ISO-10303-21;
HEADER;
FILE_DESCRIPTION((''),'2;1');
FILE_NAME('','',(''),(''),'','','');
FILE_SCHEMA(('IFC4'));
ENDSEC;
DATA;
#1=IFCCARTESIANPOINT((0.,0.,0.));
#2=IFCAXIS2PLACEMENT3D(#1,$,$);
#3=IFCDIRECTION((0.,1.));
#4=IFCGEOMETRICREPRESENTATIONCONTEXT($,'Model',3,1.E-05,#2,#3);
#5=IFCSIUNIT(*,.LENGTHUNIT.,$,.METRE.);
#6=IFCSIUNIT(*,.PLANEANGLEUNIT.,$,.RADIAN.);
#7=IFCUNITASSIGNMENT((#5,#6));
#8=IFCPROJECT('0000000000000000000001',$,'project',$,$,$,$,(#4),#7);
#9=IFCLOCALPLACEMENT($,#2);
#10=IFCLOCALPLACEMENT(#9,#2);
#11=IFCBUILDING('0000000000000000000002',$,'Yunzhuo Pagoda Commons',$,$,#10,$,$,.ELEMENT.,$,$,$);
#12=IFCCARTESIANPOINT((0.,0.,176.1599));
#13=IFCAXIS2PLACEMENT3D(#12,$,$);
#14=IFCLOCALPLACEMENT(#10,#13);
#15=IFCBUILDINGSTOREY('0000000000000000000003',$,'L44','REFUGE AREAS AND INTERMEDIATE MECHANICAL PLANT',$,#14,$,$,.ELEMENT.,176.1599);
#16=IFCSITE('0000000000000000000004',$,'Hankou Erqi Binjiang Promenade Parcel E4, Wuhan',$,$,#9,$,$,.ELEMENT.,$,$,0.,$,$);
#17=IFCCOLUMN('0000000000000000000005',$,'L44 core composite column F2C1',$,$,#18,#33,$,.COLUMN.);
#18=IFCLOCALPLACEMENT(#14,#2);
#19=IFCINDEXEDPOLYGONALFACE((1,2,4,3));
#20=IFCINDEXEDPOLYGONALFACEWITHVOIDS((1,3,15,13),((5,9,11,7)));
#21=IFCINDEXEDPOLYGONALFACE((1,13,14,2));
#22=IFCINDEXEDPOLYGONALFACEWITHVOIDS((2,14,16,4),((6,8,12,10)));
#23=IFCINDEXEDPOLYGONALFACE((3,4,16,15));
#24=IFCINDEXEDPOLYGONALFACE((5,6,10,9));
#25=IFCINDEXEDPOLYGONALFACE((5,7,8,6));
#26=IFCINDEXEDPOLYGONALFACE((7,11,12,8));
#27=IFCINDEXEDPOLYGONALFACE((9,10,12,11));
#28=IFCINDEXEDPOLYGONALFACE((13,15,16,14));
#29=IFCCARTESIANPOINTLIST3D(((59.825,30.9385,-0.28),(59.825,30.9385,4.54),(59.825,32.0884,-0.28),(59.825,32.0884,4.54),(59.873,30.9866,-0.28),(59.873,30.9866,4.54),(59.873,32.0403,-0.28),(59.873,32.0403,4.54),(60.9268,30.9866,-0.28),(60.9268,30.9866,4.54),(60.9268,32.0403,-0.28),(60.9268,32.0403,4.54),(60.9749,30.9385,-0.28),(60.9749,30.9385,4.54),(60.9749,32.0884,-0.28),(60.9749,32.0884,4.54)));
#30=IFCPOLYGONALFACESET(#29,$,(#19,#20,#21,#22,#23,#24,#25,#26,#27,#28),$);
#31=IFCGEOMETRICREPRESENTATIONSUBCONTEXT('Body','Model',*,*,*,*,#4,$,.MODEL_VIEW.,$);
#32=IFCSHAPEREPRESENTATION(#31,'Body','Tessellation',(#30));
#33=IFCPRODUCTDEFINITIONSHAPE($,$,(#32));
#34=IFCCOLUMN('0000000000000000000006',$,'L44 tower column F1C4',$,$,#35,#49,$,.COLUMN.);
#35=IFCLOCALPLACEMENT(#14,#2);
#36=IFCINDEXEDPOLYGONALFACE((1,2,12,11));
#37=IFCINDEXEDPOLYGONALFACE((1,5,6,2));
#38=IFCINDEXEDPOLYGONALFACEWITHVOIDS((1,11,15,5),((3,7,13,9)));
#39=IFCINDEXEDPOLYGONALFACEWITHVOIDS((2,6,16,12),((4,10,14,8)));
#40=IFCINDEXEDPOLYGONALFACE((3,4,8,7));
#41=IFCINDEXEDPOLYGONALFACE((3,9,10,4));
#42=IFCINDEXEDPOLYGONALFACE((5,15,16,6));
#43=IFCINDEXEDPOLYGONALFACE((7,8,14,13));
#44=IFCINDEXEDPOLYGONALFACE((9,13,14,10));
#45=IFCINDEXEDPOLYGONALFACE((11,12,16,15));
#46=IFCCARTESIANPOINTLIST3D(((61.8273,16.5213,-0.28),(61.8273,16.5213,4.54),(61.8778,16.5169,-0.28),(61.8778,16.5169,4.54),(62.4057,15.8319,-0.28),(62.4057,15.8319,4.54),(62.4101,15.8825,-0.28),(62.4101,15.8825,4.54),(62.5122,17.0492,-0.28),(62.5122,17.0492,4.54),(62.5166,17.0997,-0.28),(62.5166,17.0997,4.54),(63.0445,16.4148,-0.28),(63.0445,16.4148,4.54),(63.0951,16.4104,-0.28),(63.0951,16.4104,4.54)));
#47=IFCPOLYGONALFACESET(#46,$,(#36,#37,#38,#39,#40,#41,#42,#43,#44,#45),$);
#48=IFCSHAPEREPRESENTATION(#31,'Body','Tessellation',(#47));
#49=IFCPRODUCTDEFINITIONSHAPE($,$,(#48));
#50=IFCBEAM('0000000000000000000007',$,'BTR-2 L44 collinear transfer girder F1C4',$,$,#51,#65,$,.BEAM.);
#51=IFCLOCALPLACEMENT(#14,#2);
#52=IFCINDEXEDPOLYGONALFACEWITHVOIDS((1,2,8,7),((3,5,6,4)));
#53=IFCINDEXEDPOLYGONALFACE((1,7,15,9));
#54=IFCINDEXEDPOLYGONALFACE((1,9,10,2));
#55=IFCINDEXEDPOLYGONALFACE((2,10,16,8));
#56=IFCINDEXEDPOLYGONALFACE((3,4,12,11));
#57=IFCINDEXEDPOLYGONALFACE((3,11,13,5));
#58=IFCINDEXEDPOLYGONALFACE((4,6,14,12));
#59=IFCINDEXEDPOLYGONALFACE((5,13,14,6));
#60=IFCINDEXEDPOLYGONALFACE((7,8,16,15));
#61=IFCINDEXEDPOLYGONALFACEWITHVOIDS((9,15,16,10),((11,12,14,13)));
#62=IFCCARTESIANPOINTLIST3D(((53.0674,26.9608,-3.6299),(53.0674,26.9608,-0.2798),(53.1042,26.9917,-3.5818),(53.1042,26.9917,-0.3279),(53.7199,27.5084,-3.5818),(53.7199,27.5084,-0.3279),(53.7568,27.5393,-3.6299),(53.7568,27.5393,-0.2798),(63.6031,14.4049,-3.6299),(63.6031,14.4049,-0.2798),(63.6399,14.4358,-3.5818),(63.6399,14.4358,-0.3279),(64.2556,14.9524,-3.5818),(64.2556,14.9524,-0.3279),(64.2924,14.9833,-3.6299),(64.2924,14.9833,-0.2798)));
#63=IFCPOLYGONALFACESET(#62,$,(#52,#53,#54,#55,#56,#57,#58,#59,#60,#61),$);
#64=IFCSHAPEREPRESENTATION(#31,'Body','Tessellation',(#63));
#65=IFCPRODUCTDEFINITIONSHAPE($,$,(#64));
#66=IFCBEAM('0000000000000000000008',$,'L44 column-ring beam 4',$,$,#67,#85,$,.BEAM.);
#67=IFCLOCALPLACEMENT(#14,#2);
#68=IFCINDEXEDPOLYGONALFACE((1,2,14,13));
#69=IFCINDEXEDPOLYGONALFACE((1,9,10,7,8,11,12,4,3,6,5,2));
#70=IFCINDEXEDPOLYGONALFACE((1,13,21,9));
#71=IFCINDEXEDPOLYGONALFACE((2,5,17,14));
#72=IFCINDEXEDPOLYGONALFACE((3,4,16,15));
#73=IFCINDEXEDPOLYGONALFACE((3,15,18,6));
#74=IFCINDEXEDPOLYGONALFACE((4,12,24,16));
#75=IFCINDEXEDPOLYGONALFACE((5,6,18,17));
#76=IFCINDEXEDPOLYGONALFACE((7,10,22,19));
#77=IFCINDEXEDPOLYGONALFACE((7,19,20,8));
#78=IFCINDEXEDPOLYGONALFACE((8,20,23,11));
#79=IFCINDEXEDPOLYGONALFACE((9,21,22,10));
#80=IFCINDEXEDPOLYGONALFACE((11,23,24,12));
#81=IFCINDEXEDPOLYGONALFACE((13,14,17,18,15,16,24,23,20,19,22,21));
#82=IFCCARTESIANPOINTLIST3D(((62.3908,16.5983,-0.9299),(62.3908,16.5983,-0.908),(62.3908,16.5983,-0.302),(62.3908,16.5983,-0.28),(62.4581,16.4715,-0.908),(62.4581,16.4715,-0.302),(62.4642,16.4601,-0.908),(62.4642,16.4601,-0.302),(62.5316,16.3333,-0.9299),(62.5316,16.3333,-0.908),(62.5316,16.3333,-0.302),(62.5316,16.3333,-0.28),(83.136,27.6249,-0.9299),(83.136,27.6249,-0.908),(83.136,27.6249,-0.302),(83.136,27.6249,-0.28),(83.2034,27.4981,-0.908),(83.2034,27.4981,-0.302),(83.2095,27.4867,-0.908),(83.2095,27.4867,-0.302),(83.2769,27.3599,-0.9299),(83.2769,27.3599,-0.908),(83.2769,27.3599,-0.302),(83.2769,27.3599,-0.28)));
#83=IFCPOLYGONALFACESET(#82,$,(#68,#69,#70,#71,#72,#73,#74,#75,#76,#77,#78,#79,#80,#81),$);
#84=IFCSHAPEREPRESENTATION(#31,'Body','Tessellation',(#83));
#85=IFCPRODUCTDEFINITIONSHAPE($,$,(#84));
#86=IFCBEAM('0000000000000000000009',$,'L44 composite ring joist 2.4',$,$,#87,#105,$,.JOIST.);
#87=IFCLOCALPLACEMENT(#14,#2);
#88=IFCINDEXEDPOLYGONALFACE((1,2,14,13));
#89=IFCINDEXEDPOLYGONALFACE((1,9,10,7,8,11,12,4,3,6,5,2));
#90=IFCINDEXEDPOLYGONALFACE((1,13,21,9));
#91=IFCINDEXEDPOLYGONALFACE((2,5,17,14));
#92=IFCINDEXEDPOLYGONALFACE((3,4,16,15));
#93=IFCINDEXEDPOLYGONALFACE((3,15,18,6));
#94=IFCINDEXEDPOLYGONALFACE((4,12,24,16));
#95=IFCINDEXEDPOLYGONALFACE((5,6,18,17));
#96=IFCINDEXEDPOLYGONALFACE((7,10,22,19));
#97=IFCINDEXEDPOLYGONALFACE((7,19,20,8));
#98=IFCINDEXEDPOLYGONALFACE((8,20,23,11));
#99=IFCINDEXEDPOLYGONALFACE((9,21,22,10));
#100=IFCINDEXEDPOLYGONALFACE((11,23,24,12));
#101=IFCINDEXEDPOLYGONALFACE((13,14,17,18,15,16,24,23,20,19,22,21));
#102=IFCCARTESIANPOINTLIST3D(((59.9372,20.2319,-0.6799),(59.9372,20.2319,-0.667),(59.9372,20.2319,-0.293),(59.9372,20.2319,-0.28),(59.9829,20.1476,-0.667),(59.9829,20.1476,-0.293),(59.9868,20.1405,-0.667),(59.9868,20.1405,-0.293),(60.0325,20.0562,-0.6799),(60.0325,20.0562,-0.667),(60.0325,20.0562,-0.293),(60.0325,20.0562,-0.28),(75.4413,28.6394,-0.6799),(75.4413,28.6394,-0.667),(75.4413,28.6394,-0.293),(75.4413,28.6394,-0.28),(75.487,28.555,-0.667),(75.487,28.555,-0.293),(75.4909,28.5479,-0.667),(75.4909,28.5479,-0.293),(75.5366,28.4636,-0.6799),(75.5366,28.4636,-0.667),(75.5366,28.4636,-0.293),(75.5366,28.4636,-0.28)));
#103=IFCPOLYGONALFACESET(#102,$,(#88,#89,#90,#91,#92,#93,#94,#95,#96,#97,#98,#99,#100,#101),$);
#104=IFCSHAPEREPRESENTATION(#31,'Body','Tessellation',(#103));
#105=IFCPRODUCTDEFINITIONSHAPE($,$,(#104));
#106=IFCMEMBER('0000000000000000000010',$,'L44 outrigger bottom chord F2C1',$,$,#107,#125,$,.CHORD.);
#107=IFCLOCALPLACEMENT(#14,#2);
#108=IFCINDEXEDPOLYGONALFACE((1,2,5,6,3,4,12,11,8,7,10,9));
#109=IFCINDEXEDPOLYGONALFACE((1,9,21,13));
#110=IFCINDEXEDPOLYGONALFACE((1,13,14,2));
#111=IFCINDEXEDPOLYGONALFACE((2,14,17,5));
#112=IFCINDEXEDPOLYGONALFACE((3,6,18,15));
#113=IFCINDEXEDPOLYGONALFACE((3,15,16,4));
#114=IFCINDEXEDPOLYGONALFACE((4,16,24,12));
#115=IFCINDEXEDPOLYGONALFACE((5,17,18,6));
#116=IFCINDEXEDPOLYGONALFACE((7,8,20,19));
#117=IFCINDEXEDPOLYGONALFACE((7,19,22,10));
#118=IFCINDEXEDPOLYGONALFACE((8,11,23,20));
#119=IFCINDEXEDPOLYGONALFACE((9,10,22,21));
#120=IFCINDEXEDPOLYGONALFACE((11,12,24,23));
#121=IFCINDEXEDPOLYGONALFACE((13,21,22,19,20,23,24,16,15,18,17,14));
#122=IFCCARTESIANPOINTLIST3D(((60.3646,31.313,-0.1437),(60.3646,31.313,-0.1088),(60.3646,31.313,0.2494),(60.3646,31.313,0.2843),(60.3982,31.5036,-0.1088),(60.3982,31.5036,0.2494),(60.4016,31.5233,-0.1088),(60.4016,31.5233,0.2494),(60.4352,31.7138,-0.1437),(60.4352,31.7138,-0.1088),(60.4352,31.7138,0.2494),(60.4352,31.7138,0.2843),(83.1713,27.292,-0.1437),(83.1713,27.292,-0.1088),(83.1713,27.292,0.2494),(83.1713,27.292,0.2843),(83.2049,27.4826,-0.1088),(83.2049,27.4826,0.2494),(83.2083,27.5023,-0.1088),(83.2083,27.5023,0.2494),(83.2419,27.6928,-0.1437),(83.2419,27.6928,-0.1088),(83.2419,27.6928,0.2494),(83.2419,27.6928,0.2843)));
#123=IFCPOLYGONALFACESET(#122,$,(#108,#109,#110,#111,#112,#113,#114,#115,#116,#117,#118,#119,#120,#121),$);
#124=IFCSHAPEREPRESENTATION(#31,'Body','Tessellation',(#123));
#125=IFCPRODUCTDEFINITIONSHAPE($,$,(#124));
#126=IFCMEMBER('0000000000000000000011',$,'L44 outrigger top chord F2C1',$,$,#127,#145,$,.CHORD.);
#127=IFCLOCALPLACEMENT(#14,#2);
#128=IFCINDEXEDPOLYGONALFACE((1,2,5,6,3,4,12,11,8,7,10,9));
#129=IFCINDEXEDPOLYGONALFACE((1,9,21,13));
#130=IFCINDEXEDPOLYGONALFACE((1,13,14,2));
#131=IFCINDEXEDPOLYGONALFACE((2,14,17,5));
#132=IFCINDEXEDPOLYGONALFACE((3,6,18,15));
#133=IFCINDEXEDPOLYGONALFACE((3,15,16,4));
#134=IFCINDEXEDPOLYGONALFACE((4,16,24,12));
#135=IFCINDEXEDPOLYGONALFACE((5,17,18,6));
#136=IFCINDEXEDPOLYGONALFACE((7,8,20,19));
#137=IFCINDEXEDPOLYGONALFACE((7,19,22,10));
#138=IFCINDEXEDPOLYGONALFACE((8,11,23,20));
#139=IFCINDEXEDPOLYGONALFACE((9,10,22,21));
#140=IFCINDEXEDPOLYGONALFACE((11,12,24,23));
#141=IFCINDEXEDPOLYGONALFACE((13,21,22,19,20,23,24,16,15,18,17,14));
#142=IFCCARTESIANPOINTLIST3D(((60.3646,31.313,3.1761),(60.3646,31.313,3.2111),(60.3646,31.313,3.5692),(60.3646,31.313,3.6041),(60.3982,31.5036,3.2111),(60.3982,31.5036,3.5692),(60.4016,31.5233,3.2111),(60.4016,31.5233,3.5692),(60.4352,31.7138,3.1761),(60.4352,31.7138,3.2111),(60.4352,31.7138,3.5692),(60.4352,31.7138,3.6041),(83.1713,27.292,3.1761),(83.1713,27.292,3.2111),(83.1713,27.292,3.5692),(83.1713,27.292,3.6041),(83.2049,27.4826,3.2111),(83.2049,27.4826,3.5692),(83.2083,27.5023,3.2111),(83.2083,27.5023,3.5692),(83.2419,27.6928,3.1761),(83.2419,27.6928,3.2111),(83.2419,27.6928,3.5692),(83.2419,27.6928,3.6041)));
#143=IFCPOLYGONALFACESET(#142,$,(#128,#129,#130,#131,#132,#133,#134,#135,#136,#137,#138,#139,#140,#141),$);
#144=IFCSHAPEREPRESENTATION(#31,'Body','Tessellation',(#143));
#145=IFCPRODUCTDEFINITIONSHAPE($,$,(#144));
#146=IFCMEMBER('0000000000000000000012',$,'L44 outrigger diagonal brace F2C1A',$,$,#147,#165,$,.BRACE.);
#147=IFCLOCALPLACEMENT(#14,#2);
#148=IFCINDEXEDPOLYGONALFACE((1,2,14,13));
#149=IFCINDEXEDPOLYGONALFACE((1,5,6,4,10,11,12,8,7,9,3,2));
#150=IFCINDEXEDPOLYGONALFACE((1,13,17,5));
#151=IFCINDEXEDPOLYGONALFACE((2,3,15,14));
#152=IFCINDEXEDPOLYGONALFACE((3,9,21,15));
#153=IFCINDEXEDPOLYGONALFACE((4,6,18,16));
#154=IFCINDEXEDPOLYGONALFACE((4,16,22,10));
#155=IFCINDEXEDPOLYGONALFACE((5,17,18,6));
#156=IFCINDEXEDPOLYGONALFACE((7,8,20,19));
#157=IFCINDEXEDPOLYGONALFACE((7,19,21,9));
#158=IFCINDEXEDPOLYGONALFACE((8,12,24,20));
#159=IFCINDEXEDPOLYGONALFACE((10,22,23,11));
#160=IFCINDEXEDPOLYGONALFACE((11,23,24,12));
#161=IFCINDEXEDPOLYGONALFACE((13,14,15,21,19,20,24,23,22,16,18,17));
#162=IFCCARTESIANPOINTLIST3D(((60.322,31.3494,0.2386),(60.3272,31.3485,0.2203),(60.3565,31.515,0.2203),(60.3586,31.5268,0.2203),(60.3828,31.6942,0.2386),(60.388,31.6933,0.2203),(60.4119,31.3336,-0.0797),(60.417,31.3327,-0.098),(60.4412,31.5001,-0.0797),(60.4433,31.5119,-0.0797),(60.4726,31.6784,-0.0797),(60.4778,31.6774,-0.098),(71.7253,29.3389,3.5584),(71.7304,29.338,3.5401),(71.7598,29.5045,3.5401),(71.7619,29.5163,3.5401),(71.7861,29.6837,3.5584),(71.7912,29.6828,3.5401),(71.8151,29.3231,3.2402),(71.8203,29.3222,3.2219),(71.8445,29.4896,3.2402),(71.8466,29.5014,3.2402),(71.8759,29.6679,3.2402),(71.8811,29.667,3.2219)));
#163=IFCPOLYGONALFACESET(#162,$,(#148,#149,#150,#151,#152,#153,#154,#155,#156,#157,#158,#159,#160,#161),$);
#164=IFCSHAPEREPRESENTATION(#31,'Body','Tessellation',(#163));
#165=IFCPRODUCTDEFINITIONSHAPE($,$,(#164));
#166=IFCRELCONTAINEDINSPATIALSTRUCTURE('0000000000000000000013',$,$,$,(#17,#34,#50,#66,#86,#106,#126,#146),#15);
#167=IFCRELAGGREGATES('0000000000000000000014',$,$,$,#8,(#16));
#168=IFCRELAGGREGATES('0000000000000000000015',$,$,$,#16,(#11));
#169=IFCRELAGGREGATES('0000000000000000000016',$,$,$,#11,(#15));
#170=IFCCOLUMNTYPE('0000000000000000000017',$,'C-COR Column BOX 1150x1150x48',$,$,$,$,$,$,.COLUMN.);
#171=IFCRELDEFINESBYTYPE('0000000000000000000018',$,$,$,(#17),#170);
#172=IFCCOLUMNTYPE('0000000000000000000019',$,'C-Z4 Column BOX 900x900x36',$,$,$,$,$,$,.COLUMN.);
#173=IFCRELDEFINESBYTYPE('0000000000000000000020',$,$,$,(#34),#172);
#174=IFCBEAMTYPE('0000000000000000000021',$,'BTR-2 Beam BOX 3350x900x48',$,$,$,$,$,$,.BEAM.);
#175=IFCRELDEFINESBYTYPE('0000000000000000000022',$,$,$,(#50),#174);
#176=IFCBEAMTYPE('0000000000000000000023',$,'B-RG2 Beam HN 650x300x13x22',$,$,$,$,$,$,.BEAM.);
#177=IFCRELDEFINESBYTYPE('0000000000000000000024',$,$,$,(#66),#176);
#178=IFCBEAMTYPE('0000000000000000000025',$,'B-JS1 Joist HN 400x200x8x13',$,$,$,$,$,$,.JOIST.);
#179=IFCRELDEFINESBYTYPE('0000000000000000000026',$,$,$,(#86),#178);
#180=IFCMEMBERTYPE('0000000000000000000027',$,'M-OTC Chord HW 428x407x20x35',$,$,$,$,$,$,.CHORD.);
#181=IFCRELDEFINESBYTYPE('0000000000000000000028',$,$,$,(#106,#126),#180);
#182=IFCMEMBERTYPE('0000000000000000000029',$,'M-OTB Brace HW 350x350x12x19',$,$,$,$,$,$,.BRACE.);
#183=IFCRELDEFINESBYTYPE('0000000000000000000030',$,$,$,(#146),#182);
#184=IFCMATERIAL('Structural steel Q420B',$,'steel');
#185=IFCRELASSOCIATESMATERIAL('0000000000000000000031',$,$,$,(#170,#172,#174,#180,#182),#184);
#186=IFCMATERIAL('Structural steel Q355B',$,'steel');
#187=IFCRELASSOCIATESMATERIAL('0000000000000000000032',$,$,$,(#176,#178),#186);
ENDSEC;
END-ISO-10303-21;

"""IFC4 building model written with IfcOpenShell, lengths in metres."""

from ifc_helpers import new_model, si_unit, direction, frame, origin, origin_2d, place, context, subcontext, project, spatial, hollow_rectangle, i_section, extrude, source, transform, mapped, material, material_profile, profile_set, type_object, element, save


model = new_model("IFC4")

# Units and contexts
model_context = context("Model", 3, precision=1e-05, world=origin(), true_north=direction((0.0, 1.0)))
body_context = subcontext(model_context, "Body", "Model", "MODEL_VIEW")
ifc_project = project(units=[si_unit("LENGTHUNIT", "METRE"), si_unit("PLANEANGLEUNIT", "RADIAN")], contexts=[model_context])

# Site, building, storey
site_placement = place(None, origin())
site = spatial("IfcSite", under=ifc_project, at=site_placement, Name="Hankou Erqi Binjiang Promenade Parcel E4, Wuhan", CompositionType="ELEMENT", RefElevation=0.0)
building_placement = place(site_placement, origin())
building = spatial("IfcBuilding", under=site, at=building_placement, Name="Yunzhuo Pagoda Commons", CompositionType="ELEMENT")
storey_placement = place(building_placement, frame((0.0, 0.0, 176.1599)))
storey = spatial("IfcBuildingStorey", under=building, at=storey_placement, Name="L44", Description="REFUGE AREAS AND INTERMEDIATE MECHANICAL PLANT", CompositionType="ELEMENT", Elevation=176.1599)

# Columns
ifc_material_1 = material(Name="Structural steel Q420B", Category="steel")
ifc_material_profile_1 = material_profile(ifc_material_1, hollow_rectangle(XDim=1.1499, YDim=1.1499, WallThickness=0.0481, at=origin_2d()), Name="Structural steel Q420B")
ifc_profile_set_1 = profile_set([ifc_material_profile_1], Name="Structural steel Q420B")
column_type_1 = type_object("IfcColumnType", Name="C-COR Column BOX 1150x1150x48", PredefinedType="COLUMN", material=ifc_profile_set_1)
shared_shape_1 = source(origin(), body_context, "Body", "SweptSolid", [
    extrude(hollow_rectangle(XDim=1.1499, YDim=1.1499, WallThickness=0.0481, at=origin_2d()), origin(), (0.0, 0.0, 1.0), 4.8201),
])
column_1_placement = place(storey_placement, frame((60.3999, 31.5134, -0.28), z_axis=(0.0, 0.0, 1.0), x_axis=(1.0, 0.0, 0.0)))
element("IfcColumn", 1, at=column_1_placement, inside=storey, type_object=column_type_1, Name="L44 core composite column F2C1", PredefinedType="COLUMN", context=body_context, shape_type="MappedRepresentation", body=[
    mapped(shared_shape_1, transform((0.0, 0.0, 0.0), scale=1.0)),
])
ifc_material_profile_2 = material_profile(ifc_material_1, hollow_rectangle(XDim=0.8999, YDim=0.8999, WallThickness=0.0359, at=origin_2d()), Name="Structural steel Q420B")
ifc_profile_set_2 = profile_set([ifc_material_profile_2], Name="Structural steel Q420B")
column_type_2 = type_object("IfcColumnType", Name="C-Z4 Column BOX 900x900x36", PredefinedType="COLUMN", material=ifc_profile_set_2)
shared_shape_2 = source(origin(), body_context, "Body", "SweptSolid", [
    extrude(hollow_rectangle(XDim=0.8999, YDim=0.8999, WallThickness=0.0359, at=origin_2d()), origin(), (0.0, 0.0, 1.0), 4.8201),
])
column_2_placement = place(storey_placement, frame((62.4612, 16.4658, -0.28), z_axis=(0.0, 0.0, 1.0), x_axis=(0.766044, 0.642788, 0.0)))
element("IfcColumn", 2, at=column_2_placement, inside=storey, type_object=column_type_2, Name="L44 tower column F1C4", PredefinedType="COLUMN", context=body_context, shape_type="MappedRepresentation", body=[
    mapped(shared_shape_2, transform((0.0, 0.0, 0.0), scale=1.0)),
])

# Beams
ifc_material_profile_3 = material_profile(ifc_material_1, hollow_rectangle(XDim=0.8999, YDim=3.3501, WallThickness=0.0481, at=origin_2d()), Name="Structural steel Q420B")
ifc_profile_set_3 = profile_set([ifc_material_profile_3], Name="Structural steel Q420B")
beam_type_1 = type_object("IfcBeamType", Name="BTR-2 Beam BOX 3350x900x48", PredefinedType="BEAM", material=ifc_profile_set_3)
shared_shape_3 = source(origin(), body_context, "Body", "SweptSolid", [
    extrude(hollow_rectangle(XDim=0.8999, YDim=3.3501, WallThickness=0.0481, at=origin_2d()), origin(), (0.0, 0.0, 1.0), 16.3906),
])
beam_1_placement = place(storey_placement, frame((63.9478, 14.6941, -1.9548), z_axis=(-0.642787, 0.766045, 0.0), x_axis=(-0.766045, -0.642787, 0.0)))
element("IfcBeam", 3, at=beam_1_placement, inside=storey, type_object=beam_type_1, Name="BTR-2 L44 collinear transfer girder F1C4", PredefinedType="BEAM", context=body_context, shape_type="MappedRepresentation", body=[
    mapped(shared_shape_3, transform((0.0, 0.0, 0.0), scale=1.0)),
])
ifc_material_2 = material(Name="Structural steel Q355B", Category="steel")
ifc_material_profile_4 = material_profile(ifc_material_2, i_section(OverallWidth=0.3, OverallDepth=0.6499, WebThickness=0.0129, FlangeThickness=0.022, at=origin_2d()), Name="Structural steel Q355B")
ifc_profile_set_4 = profile_set([ifc_material_profile_4], Name="Structural steel Q355B")
beam_type_2 = type_object("IfcBeamType", Name="B-RG2 Beam HN 650x300x13x22", PredefinedType="BEAM", material=ifc_profile_set_4)
shared_shape_4 = source(origin(), body_context, "Body", "SweptSolid", [
    extrude(i_section(OverallWidth=0.3, OverallDepth=0.6499, WebThickness=0.0129, FlangeThickness=0.022, at=origin_2d()), origin(), (0.0, 0.0, 1.0), 23.4937),
])
beam_2_placement = place(storey_placement, frame((62.4612, 16.4658, -0.605), z_axis=(0.883016, 0.469342, 0.0), x_axis=(-0.469342, 0.883016, 0.0)))
element("IfcBeam", 4, at=beam_2_placement, inside=storey, type_object=beam_type_2, Name="L44 column-ring beam 4", PredefinedType="BEAM", context=body_context, shape_type="MappedRepresentation", body=[
    mapped(shared_shape_4, transform((0.0, 0.0, 0.0), scale=1.0)),
])
ifc_material_profile_5 = material_profile(ifc_material_2, i_section(OverallWidth=0.2, OverallDepth=0.3999, WebThickness=0.0081, FlangeThickness=0.0129, at=origin_2d()), Name="Structural steel Q355B")
ifc_profile_set_5 = profile_set([ifc_material_profile_5], Name="Structural steel Q355B")
beam_type_3 = type_object("IfcBeamType", Name="B-JS1 Joist HN 400x200x8x13", PredefinedType="JOIST", material=ifc_profile_set_5)
shared_shape_5 = source(origin(), body_context, "Body", "SweptSolid", [
    extrude(i_section(OverallWidth=0.2, OverallDepth=0.3999, WebThickness=0.0081, FlangeThickness=0.0129, at=origin_2d()), origin(), (0.0, 0.0, 1.0), 17.637),
])
beam_3_placement = place(storey_placement, frame((59.9849, 20.144, -0.48), z_axis=(0.879069, 0.476695, 0.0), x_axis=(-0.476695, 0.879069, 0.0)))
element("IfcBeam", 5, at=beam_3_placement, inside=storey, type_object=beam_type_3, Name="L44 composite ring joist 2.4", PredefinedType="JOIST", context=body_context, shape_type="MappedRepresentation", body=[
    mapped(shared_shape_5, transform((0.0, 0.0, 0.0), scale=1.0)),
])

# Members
ifc_material_profile_6 = material_profile(ifc_material_1, i_section(OverallWidth=0.407, OverallDepth=0.428, WebThickness=0.02, FlangeThickness=0.0349, at=origin_2d()), Name="Structural steel Q420B")
ifc_profile_set_6 = profile_set([ifc_material_profile_6], Name="Structural steel Q420B")
member_type_1 = type_object("IfcMemberType", Name="M-OTC Chord HW 428x407x20x35", PredefinedType="CHORD", material=ifc_profile_set_6)
shared_shape_6 = source(origin(), body_context, "Body", "SweptSolid", [
    extrude(i_section(OverallWidth=0.407, OverallDepth=0.428, WebThickness=0.02, FlangeThickness=0.0349, at=origin_2d()), origin(), (0.0, 0.0, 1.0), 23.1584),
])
for number, where, z_axis, x_axis, name in (
    (6, (60.3999, 31.5134, 0.0703), (0.984811, -0.17363, 0.0), (0.17363, 0.984811, 0.0), "L44 outrigger bottom chord F2C1"),
    (7, (60.3999, 31.5134, 3.3901), (0.984811, -0.17363, 0.0), (0.17363, 0.984811, 0.0), "L44 outrigger top chord F2C1"),
):
    element("IfcMember", number, at=place(storey_placement, frame(where, z_axis=z_axis, x_axis=x_axis)), inside=storey, type_object=member_type_1, Name=name, PredefinedType="CHORD", context=body_context, shape_type="MappedRepresentation", body=[
        mapped(shared_shape_6, transform((0.0, 0.0, 0.0), scale=1.0)),
    ])
ifc_material_profile_7 = material_profile(ifc_material_1, i_section(OverallWidth=0.3501, OverallDepth=0.3501, WebThickness=0.012, FlangeThickness=0.019, at=origin_2d()), Name="Structural steel Q420B")
ifc_profile_set_7 = profile_set([ifc_material_profile_7], Name="Structural steel Q420B")
member_type_2 = type_object("IfcMemberType", Name="M-OTB Brace HW 350x350x12x19", PredefinedType="BRACE", material=ifc_profile_set_7)
shared_shape_7 = source(origin(), body_context, "Body", "SweptSolid", [
    extrude(i_section(OverallWidth=0.3501, OverallDepth=0.3501, WebThickness=0.012, FlangeThickness=0.019, at=origin_2d()), origin(), (0.0, 0.0, 1.0), 12.0457),
])
member_placement = place(storey_placement, frame((60.3999, 31.5134, 0.0703), z_axis=(0.946671, -0.166906, 0.275602), x_axis=(0.17363, 0.984811, 0.0)))
element("IfcMember", 8, at=member_placement, inside=storey, type_object=member_type_2, Name="L44 outrigger diagonal brace F2C1A", PredefinedType="BRACE", context=body_context, shape_type="MappedRepresentation", body=[
    mapped(shared_shape_7, transform((0.0, 0.0, 0.0), scale=1.0)),
])

save(model, "model.ifc")
